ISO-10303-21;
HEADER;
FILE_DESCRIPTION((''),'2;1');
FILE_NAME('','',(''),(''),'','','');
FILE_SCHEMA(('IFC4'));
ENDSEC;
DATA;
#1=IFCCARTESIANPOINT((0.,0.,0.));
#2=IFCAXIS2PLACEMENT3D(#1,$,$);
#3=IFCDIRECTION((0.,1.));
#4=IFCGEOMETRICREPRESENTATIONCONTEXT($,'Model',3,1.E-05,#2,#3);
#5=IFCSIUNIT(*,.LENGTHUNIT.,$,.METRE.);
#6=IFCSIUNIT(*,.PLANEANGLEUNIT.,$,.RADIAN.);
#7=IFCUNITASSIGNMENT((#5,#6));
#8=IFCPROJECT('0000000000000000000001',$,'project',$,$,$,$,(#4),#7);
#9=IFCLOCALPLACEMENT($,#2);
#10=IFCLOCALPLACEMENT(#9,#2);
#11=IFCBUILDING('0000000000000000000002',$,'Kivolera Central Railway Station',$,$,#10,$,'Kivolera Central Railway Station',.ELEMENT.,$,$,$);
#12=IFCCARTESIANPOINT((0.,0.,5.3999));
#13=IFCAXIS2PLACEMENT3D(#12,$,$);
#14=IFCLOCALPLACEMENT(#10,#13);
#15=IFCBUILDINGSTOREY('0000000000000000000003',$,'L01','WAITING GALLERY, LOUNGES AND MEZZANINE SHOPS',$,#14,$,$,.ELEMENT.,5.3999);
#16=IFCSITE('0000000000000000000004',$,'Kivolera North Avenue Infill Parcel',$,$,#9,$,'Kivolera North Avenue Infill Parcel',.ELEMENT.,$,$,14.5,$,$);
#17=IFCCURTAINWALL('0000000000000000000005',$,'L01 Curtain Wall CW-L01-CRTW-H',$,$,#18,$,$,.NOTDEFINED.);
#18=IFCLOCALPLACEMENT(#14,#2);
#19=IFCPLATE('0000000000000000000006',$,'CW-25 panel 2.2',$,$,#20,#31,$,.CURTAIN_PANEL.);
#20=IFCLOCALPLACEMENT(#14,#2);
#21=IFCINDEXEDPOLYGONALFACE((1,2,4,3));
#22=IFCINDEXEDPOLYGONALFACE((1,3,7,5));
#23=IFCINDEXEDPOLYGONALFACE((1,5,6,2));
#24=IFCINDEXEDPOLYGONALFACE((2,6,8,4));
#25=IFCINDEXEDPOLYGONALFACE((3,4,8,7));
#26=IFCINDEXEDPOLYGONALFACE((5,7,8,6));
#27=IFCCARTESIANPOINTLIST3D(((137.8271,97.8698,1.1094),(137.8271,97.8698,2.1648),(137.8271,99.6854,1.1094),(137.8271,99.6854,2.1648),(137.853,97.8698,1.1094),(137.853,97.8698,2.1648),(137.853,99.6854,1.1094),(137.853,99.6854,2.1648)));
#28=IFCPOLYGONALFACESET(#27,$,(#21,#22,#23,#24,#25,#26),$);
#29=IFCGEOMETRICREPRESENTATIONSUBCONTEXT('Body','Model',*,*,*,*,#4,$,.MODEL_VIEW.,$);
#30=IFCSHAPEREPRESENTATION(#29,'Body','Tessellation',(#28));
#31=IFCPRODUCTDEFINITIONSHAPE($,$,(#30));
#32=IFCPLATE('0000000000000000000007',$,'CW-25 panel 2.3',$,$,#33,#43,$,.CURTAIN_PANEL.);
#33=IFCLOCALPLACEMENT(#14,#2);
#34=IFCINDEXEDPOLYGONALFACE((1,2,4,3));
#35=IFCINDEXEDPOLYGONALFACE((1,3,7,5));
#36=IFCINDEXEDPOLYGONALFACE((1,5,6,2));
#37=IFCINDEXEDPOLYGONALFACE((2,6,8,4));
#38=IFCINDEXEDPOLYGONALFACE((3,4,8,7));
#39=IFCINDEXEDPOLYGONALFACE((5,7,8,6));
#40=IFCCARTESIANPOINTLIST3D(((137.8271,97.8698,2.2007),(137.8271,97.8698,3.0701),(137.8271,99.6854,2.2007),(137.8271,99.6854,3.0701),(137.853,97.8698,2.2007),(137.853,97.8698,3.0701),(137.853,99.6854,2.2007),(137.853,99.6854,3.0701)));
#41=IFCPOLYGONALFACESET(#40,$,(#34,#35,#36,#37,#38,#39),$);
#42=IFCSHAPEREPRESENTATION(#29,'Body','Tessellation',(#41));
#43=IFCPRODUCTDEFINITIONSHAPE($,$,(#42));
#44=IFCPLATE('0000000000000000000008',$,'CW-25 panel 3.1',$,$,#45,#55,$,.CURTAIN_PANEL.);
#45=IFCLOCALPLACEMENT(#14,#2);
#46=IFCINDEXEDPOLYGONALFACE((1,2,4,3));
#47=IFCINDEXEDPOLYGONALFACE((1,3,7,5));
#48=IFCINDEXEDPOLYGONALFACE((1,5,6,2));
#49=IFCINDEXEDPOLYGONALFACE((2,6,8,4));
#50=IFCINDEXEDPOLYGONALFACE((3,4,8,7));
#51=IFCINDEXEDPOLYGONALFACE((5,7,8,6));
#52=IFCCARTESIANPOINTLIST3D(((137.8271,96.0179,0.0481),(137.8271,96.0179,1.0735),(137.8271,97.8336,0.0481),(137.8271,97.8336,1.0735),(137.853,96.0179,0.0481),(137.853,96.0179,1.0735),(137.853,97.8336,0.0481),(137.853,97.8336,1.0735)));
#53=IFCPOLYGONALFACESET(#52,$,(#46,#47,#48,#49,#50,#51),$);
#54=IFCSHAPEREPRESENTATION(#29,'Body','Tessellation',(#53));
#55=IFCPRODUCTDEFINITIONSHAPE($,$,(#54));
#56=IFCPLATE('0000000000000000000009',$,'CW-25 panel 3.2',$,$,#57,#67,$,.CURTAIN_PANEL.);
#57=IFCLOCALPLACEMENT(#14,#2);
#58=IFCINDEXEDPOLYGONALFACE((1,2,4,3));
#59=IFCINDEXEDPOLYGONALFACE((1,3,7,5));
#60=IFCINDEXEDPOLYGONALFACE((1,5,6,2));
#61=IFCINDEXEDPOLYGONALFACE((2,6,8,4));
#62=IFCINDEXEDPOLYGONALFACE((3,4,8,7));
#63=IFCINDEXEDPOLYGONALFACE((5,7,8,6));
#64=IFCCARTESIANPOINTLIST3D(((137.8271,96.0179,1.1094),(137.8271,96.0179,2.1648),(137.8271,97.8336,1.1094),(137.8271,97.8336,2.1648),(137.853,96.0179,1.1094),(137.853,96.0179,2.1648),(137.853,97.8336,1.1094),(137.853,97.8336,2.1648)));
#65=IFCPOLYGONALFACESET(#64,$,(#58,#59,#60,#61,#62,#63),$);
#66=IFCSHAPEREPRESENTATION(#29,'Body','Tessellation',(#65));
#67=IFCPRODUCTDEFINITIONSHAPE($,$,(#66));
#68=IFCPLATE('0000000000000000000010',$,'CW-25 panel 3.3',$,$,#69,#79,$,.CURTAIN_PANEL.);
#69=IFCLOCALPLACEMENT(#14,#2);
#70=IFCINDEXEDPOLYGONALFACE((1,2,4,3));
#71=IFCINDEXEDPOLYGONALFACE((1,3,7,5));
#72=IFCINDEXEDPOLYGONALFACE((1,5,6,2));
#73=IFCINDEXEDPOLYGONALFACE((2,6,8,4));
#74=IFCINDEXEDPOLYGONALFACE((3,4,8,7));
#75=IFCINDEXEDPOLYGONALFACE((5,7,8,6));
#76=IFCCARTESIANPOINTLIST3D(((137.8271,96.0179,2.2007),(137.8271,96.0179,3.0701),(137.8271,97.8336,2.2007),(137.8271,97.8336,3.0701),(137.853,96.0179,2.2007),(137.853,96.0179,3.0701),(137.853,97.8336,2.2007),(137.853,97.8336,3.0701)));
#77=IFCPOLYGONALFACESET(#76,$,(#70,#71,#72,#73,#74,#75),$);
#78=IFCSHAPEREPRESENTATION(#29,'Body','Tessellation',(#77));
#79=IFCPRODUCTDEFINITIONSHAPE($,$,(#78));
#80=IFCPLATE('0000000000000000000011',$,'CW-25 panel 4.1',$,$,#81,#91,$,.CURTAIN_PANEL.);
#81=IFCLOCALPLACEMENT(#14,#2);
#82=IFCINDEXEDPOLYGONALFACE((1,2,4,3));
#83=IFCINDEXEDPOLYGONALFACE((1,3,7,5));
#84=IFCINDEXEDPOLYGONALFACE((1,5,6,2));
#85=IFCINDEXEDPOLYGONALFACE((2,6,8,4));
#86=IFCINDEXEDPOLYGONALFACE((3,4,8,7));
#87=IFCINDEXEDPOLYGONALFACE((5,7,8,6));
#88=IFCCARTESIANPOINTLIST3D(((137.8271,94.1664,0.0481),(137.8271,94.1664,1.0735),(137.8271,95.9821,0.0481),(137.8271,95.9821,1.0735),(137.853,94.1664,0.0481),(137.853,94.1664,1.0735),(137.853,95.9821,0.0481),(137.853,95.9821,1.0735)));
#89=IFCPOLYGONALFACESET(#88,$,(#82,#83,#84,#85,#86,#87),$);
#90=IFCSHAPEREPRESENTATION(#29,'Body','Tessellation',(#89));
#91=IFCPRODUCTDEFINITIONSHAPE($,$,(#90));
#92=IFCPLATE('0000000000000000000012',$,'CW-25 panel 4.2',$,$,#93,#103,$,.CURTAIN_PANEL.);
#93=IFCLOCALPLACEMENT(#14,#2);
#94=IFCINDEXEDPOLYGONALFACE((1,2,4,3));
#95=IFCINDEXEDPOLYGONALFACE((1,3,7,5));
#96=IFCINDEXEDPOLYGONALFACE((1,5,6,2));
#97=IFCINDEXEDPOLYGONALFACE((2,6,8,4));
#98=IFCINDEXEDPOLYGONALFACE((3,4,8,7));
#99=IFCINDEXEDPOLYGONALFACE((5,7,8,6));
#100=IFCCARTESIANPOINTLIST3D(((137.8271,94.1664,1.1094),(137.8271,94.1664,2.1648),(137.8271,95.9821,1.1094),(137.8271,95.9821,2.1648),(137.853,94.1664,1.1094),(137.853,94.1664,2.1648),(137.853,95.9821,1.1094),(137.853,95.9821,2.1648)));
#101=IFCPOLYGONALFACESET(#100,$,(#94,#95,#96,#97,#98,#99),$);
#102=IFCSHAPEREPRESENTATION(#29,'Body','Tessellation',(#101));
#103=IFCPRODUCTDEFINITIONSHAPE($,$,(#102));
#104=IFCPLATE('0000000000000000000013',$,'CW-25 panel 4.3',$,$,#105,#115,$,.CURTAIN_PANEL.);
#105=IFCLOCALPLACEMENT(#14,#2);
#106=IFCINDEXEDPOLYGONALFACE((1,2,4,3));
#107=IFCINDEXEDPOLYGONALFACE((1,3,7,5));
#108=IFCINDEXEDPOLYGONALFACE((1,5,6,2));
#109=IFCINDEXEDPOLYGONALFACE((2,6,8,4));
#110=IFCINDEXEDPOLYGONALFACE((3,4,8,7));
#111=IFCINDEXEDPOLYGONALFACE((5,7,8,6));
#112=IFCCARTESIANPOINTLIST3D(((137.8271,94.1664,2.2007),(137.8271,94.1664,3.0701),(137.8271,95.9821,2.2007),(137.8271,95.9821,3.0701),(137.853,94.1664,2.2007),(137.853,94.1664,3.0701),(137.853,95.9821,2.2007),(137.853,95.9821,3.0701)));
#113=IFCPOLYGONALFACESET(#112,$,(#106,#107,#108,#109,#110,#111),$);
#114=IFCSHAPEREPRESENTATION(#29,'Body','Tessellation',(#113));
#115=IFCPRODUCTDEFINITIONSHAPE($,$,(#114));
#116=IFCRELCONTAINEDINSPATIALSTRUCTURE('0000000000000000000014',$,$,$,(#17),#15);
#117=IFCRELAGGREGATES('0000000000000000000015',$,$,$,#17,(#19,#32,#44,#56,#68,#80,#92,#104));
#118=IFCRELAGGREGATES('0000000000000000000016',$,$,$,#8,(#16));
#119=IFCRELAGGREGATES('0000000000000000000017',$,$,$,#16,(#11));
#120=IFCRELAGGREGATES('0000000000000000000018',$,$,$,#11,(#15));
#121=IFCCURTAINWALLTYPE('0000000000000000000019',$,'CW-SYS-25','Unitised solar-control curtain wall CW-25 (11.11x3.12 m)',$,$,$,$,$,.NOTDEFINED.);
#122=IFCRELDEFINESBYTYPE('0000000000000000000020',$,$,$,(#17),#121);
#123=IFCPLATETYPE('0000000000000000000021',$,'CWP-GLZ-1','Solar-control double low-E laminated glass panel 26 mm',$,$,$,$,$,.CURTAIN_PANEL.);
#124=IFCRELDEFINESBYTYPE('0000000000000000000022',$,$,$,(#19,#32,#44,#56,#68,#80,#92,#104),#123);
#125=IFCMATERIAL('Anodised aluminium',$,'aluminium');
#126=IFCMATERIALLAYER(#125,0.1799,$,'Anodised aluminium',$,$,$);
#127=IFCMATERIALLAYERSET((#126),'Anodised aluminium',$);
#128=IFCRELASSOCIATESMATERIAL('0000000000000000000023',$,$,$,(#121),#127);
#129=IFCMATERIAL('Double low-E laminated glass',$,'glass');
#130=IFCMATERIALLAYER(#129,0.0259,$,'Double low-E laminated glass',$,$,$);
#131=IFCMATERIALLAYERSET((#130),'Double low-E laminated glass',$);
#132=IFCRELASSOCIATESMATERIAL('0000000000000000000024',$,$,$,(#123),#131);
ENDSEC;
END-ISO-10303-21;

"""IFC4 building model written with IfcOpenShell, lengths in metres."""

from ifc_helpers import new_model, si_unit, direction, frame, origin, origin_2d, place, context, subcontext, project, spatial, rectangle, extrude, material, layer, layer_set, type_object, element, aggregate, save


model = new_model("IFC4")

# Units and contexts
model_context = context("Model", 3, precision=1e-05, world=origin(), true_north=direction((0.0, 1.0)))
body_context = subcontext(model_context, "Body", "Model", "MODEL_VIEW")
ifc_project = project(units=[si_unit("LENGTHUNIT", "METRE"), si_unit("PLANEANGLEUNIT", "RADIAN")], contexts=[model_context])

# Site, building, storey
site_placement = place(None, origin())
site = spatial("IfcSite", under=ifc_project, at=site_placement, Name="Kivolera North Avenue Infill Parcel", LongName="Kivolera North Avenue Infill Parcel", CompositionType="ELEMENT", RefElevation=14.5)
building_placement = place(site_placement, origin())
building = spatial("IfcBuilding", under=site, at=building_placement, Name="Kivolera Central Railway Station", LongName="Kivolera Central Railway Station", CompositionType="ELEMENT")
storey_placement = place(building_placement, frame((0.0, 0.0, 5.3999)))
storey = spatial("IfcBuildingStorey", under=building, at=storey_placement, Name="L01", Description="WAITING GALLERY, LOUNGES AND MEZZANINE SHOPS", CompositionType="ELEMENT", Elevation=5.3999)

# Curtain wall, plates
ifc_material_1 = material(Name="Anodised aluminium", Category="aluminium")
ifc_layer_1 = layer(ifc_material_1, 0.1799, Name="Anodised aluminium")
ifc_layer_set_1 = layer_set([ifc_layer_1], Name="Anodised aluminium")
curtain_wall_type = type_object("IfcCurtainWallType", Name="CW-SYS-25", Description="Unitised solar-control curtain wall CW-25 (11.11x3.12 m)", PredefinedType="NOTDEFINED", material=ifc_layer_set_1)
curtain_wall_placement = place(storey_placement, origin())
curtain_wall = element("IfcCurtainWall", 1, at=curtain_wall_placement, inside=storey, type_object=curtain_wall_type, Name="L01 Curtain Wall CW-L01-CRTW-H", PredefinedType="NOTDEFINED")
ifc_material_2 = material(Name="Double low-E laminated glass", Category="glass")
ifc_layer_2 = layer(ifc_material_2, 0.0259, Name="Double low-E laminated glass")
ifc_layer_set_2 = layer_set([ifc_layer_2], Name="Double low-E laminated glass")
plate_type = type_object("IfcPlateType", Name="CWP-GLZ-1", Description="Solar-control double low-E laminated glass panel 26 mm", PredefinedType="CURTAIN_PANEL", material=ifc_layer_set_2)
plate_1_placement = place(storey_placement, frame((137.8401, 98.7776, 1.1094), z_axis=(0.0, 0.0, 1.0), x_axis=(0.0, -1.0, 0.0)))
plate_1 = element("IfcPlate", 2, at=plate_1_placement, type_object=plate_type, Name="CW-25 panel 2.2", PredefinedType="CURTAIN_PANEL", context=body_context, shape_type="SweptSolid", body=[
    extrude(rectangle(XDim=1.8157, YDim=0.0259, at=origin_2d()), origin(), (0.0, 0.0, 1.0), 1.0554),
])
plate_2_placement = place(storey_placement, frame((137.8401, 98.7776, 2.2007), z_axis=(0.0, 0.0, 1.0), x_axis=(0.0, -1.0, 0.0)))
plate_2 = element("IfcPlate", 3, at=plate_2_placement, type_object=plate_type, Name="CW-25 panel 2.3", PredefinedType="CURTAIN_PANEL", context=body_context, shape_type="SweptSolid", body=[
    extrude(rectangle(XDim=1.8157, YDim=0.0259, at=origin_2d()), origin(), (0.0, 0.0, 1.0), 0.8694),
])
plate_3_placement = place(storey_placement, frame((137.8401, 96.9258, 0.0481), z_axis=(0.0, 0.0, 1.0), x_axis=(0.0, -1.0, 0.0)))
plate_3 = element("IfcPlate", 4, at=plate_3_placement, type_object=plate_type, Name="CW-25 panel 3.1", PredefinedType="CURTAIN_PANEL", context=body_context, shape_type="SweptSolid", body=[
    extrude(rectangle(XDim=1.8157, YDim=0.0259, at=origin_2d()), origin(), (0.0, 0.0, 1.0), 1.0254),
])
plate_4_placement = place(storey_placement, frame((137.8401, 96.9258, 1.1094), z_axis=(0.0, 0.0, 1.0), x_axis=(0.0, -1.0, 0.0)))
plate_4 = element("IfcPlate", 5, at=plate_4_placement, type_object=plate_type, Name="CW-25 panel 3.2", PredefinedType="CURTAIN_PANEL", context=body_context, shape_type="SweptSolid", body=[
    extrude(rectangle(XDim=1.8157, YDim=0.0259, at=origin_2d()), origin(), (0.0, 0.0, 1.0), 1.0554),
])
plate_5_placement = place(storey_placement, frame((137.8401, 96.9258, 2.2007), z_axis=(0.0, 0.0, 1.0), x_axis=(0.0, -1.0, 0.0)))
plate_5 = element("IfcPlate", 6, at=plate_5_placement, type_object=plate_type, Name="CW-25 panel 3.3", PredefinedType="CURTAIN_PANEL", context=body_context, shape_type="SweptSolid", body=[
    extrude(rectangle(XDim=1.8157, YDim=0.0259, at=origin_2d()), origin(), (0.0, 0.0, 1.0), 0.8694),
])
plate_6_placement = place(storey_placement, frame((137.8401, 95.0742, 0.0481), z_axis=(0.0, 0.0, 1.0), x_axis=(0.0, -1.0, 0.0)))
plate_6 = element("IfcPlate", 7, at=plate_6_placement, type_object=plate_type, Name="CW-25 panel 4.1", PredefinedType="CURTAIN_PANEL", context=body_context, shape_type="SweptSolid", body=[
    extrude(rectangle(XDim=1.8157, YDim=0.0259, at=origin_2d()), origin(), (0.0, 0.0, 1.0), 1.0254),
])
plate_7_placement = place(storey_placement, frame((137.8401, 95.0742, 1.1094), z_axis=(0.0, 0.0, 1.0), x_axis=(0.0, -1.0, 0.0)))
plate_7 = element("IfcPlate", 8, at=plate_7_placement, type_object=plate_type, Name="CW-25 panel 4.2", PredefinedType="CURTAIN_PANEL", context=body_context, shape_type="SweptSolid", body=[
    extrude(rectangle(XDim=1.8157, YDim=0.0259, at=origin_2d()), origin(), (0.0, 0.0, 1.0), 1.0554),
])
plate_8_placement = place(storey_placement, frame((137.8401, 95.0742, 2.2007), z_axis=(0.0, 0.0, 1.0), x_axis=(0.0, -1.0, 0.0)))
plate_8 = element("IfcPlate", 9, at=plate_8_placement, type_object=plate_type, Name="CW-25 panel 4.3", PredefinedType="CURTAIN_PANEL", context=body_context, shape_type="SweptSolid", body=[
    extrude(rectangle(XDim=1.8157, YDim=0.0259, at=origin_2d()), origin(), (0.0, 0.0, 1.0), 0.8694),
])
aggregate(curtain_wall, [plate_1, plate_2, plate_3, plate_4, plate_5, plate_6, plate_7, plate_8])

save(model, "model.ifc")
